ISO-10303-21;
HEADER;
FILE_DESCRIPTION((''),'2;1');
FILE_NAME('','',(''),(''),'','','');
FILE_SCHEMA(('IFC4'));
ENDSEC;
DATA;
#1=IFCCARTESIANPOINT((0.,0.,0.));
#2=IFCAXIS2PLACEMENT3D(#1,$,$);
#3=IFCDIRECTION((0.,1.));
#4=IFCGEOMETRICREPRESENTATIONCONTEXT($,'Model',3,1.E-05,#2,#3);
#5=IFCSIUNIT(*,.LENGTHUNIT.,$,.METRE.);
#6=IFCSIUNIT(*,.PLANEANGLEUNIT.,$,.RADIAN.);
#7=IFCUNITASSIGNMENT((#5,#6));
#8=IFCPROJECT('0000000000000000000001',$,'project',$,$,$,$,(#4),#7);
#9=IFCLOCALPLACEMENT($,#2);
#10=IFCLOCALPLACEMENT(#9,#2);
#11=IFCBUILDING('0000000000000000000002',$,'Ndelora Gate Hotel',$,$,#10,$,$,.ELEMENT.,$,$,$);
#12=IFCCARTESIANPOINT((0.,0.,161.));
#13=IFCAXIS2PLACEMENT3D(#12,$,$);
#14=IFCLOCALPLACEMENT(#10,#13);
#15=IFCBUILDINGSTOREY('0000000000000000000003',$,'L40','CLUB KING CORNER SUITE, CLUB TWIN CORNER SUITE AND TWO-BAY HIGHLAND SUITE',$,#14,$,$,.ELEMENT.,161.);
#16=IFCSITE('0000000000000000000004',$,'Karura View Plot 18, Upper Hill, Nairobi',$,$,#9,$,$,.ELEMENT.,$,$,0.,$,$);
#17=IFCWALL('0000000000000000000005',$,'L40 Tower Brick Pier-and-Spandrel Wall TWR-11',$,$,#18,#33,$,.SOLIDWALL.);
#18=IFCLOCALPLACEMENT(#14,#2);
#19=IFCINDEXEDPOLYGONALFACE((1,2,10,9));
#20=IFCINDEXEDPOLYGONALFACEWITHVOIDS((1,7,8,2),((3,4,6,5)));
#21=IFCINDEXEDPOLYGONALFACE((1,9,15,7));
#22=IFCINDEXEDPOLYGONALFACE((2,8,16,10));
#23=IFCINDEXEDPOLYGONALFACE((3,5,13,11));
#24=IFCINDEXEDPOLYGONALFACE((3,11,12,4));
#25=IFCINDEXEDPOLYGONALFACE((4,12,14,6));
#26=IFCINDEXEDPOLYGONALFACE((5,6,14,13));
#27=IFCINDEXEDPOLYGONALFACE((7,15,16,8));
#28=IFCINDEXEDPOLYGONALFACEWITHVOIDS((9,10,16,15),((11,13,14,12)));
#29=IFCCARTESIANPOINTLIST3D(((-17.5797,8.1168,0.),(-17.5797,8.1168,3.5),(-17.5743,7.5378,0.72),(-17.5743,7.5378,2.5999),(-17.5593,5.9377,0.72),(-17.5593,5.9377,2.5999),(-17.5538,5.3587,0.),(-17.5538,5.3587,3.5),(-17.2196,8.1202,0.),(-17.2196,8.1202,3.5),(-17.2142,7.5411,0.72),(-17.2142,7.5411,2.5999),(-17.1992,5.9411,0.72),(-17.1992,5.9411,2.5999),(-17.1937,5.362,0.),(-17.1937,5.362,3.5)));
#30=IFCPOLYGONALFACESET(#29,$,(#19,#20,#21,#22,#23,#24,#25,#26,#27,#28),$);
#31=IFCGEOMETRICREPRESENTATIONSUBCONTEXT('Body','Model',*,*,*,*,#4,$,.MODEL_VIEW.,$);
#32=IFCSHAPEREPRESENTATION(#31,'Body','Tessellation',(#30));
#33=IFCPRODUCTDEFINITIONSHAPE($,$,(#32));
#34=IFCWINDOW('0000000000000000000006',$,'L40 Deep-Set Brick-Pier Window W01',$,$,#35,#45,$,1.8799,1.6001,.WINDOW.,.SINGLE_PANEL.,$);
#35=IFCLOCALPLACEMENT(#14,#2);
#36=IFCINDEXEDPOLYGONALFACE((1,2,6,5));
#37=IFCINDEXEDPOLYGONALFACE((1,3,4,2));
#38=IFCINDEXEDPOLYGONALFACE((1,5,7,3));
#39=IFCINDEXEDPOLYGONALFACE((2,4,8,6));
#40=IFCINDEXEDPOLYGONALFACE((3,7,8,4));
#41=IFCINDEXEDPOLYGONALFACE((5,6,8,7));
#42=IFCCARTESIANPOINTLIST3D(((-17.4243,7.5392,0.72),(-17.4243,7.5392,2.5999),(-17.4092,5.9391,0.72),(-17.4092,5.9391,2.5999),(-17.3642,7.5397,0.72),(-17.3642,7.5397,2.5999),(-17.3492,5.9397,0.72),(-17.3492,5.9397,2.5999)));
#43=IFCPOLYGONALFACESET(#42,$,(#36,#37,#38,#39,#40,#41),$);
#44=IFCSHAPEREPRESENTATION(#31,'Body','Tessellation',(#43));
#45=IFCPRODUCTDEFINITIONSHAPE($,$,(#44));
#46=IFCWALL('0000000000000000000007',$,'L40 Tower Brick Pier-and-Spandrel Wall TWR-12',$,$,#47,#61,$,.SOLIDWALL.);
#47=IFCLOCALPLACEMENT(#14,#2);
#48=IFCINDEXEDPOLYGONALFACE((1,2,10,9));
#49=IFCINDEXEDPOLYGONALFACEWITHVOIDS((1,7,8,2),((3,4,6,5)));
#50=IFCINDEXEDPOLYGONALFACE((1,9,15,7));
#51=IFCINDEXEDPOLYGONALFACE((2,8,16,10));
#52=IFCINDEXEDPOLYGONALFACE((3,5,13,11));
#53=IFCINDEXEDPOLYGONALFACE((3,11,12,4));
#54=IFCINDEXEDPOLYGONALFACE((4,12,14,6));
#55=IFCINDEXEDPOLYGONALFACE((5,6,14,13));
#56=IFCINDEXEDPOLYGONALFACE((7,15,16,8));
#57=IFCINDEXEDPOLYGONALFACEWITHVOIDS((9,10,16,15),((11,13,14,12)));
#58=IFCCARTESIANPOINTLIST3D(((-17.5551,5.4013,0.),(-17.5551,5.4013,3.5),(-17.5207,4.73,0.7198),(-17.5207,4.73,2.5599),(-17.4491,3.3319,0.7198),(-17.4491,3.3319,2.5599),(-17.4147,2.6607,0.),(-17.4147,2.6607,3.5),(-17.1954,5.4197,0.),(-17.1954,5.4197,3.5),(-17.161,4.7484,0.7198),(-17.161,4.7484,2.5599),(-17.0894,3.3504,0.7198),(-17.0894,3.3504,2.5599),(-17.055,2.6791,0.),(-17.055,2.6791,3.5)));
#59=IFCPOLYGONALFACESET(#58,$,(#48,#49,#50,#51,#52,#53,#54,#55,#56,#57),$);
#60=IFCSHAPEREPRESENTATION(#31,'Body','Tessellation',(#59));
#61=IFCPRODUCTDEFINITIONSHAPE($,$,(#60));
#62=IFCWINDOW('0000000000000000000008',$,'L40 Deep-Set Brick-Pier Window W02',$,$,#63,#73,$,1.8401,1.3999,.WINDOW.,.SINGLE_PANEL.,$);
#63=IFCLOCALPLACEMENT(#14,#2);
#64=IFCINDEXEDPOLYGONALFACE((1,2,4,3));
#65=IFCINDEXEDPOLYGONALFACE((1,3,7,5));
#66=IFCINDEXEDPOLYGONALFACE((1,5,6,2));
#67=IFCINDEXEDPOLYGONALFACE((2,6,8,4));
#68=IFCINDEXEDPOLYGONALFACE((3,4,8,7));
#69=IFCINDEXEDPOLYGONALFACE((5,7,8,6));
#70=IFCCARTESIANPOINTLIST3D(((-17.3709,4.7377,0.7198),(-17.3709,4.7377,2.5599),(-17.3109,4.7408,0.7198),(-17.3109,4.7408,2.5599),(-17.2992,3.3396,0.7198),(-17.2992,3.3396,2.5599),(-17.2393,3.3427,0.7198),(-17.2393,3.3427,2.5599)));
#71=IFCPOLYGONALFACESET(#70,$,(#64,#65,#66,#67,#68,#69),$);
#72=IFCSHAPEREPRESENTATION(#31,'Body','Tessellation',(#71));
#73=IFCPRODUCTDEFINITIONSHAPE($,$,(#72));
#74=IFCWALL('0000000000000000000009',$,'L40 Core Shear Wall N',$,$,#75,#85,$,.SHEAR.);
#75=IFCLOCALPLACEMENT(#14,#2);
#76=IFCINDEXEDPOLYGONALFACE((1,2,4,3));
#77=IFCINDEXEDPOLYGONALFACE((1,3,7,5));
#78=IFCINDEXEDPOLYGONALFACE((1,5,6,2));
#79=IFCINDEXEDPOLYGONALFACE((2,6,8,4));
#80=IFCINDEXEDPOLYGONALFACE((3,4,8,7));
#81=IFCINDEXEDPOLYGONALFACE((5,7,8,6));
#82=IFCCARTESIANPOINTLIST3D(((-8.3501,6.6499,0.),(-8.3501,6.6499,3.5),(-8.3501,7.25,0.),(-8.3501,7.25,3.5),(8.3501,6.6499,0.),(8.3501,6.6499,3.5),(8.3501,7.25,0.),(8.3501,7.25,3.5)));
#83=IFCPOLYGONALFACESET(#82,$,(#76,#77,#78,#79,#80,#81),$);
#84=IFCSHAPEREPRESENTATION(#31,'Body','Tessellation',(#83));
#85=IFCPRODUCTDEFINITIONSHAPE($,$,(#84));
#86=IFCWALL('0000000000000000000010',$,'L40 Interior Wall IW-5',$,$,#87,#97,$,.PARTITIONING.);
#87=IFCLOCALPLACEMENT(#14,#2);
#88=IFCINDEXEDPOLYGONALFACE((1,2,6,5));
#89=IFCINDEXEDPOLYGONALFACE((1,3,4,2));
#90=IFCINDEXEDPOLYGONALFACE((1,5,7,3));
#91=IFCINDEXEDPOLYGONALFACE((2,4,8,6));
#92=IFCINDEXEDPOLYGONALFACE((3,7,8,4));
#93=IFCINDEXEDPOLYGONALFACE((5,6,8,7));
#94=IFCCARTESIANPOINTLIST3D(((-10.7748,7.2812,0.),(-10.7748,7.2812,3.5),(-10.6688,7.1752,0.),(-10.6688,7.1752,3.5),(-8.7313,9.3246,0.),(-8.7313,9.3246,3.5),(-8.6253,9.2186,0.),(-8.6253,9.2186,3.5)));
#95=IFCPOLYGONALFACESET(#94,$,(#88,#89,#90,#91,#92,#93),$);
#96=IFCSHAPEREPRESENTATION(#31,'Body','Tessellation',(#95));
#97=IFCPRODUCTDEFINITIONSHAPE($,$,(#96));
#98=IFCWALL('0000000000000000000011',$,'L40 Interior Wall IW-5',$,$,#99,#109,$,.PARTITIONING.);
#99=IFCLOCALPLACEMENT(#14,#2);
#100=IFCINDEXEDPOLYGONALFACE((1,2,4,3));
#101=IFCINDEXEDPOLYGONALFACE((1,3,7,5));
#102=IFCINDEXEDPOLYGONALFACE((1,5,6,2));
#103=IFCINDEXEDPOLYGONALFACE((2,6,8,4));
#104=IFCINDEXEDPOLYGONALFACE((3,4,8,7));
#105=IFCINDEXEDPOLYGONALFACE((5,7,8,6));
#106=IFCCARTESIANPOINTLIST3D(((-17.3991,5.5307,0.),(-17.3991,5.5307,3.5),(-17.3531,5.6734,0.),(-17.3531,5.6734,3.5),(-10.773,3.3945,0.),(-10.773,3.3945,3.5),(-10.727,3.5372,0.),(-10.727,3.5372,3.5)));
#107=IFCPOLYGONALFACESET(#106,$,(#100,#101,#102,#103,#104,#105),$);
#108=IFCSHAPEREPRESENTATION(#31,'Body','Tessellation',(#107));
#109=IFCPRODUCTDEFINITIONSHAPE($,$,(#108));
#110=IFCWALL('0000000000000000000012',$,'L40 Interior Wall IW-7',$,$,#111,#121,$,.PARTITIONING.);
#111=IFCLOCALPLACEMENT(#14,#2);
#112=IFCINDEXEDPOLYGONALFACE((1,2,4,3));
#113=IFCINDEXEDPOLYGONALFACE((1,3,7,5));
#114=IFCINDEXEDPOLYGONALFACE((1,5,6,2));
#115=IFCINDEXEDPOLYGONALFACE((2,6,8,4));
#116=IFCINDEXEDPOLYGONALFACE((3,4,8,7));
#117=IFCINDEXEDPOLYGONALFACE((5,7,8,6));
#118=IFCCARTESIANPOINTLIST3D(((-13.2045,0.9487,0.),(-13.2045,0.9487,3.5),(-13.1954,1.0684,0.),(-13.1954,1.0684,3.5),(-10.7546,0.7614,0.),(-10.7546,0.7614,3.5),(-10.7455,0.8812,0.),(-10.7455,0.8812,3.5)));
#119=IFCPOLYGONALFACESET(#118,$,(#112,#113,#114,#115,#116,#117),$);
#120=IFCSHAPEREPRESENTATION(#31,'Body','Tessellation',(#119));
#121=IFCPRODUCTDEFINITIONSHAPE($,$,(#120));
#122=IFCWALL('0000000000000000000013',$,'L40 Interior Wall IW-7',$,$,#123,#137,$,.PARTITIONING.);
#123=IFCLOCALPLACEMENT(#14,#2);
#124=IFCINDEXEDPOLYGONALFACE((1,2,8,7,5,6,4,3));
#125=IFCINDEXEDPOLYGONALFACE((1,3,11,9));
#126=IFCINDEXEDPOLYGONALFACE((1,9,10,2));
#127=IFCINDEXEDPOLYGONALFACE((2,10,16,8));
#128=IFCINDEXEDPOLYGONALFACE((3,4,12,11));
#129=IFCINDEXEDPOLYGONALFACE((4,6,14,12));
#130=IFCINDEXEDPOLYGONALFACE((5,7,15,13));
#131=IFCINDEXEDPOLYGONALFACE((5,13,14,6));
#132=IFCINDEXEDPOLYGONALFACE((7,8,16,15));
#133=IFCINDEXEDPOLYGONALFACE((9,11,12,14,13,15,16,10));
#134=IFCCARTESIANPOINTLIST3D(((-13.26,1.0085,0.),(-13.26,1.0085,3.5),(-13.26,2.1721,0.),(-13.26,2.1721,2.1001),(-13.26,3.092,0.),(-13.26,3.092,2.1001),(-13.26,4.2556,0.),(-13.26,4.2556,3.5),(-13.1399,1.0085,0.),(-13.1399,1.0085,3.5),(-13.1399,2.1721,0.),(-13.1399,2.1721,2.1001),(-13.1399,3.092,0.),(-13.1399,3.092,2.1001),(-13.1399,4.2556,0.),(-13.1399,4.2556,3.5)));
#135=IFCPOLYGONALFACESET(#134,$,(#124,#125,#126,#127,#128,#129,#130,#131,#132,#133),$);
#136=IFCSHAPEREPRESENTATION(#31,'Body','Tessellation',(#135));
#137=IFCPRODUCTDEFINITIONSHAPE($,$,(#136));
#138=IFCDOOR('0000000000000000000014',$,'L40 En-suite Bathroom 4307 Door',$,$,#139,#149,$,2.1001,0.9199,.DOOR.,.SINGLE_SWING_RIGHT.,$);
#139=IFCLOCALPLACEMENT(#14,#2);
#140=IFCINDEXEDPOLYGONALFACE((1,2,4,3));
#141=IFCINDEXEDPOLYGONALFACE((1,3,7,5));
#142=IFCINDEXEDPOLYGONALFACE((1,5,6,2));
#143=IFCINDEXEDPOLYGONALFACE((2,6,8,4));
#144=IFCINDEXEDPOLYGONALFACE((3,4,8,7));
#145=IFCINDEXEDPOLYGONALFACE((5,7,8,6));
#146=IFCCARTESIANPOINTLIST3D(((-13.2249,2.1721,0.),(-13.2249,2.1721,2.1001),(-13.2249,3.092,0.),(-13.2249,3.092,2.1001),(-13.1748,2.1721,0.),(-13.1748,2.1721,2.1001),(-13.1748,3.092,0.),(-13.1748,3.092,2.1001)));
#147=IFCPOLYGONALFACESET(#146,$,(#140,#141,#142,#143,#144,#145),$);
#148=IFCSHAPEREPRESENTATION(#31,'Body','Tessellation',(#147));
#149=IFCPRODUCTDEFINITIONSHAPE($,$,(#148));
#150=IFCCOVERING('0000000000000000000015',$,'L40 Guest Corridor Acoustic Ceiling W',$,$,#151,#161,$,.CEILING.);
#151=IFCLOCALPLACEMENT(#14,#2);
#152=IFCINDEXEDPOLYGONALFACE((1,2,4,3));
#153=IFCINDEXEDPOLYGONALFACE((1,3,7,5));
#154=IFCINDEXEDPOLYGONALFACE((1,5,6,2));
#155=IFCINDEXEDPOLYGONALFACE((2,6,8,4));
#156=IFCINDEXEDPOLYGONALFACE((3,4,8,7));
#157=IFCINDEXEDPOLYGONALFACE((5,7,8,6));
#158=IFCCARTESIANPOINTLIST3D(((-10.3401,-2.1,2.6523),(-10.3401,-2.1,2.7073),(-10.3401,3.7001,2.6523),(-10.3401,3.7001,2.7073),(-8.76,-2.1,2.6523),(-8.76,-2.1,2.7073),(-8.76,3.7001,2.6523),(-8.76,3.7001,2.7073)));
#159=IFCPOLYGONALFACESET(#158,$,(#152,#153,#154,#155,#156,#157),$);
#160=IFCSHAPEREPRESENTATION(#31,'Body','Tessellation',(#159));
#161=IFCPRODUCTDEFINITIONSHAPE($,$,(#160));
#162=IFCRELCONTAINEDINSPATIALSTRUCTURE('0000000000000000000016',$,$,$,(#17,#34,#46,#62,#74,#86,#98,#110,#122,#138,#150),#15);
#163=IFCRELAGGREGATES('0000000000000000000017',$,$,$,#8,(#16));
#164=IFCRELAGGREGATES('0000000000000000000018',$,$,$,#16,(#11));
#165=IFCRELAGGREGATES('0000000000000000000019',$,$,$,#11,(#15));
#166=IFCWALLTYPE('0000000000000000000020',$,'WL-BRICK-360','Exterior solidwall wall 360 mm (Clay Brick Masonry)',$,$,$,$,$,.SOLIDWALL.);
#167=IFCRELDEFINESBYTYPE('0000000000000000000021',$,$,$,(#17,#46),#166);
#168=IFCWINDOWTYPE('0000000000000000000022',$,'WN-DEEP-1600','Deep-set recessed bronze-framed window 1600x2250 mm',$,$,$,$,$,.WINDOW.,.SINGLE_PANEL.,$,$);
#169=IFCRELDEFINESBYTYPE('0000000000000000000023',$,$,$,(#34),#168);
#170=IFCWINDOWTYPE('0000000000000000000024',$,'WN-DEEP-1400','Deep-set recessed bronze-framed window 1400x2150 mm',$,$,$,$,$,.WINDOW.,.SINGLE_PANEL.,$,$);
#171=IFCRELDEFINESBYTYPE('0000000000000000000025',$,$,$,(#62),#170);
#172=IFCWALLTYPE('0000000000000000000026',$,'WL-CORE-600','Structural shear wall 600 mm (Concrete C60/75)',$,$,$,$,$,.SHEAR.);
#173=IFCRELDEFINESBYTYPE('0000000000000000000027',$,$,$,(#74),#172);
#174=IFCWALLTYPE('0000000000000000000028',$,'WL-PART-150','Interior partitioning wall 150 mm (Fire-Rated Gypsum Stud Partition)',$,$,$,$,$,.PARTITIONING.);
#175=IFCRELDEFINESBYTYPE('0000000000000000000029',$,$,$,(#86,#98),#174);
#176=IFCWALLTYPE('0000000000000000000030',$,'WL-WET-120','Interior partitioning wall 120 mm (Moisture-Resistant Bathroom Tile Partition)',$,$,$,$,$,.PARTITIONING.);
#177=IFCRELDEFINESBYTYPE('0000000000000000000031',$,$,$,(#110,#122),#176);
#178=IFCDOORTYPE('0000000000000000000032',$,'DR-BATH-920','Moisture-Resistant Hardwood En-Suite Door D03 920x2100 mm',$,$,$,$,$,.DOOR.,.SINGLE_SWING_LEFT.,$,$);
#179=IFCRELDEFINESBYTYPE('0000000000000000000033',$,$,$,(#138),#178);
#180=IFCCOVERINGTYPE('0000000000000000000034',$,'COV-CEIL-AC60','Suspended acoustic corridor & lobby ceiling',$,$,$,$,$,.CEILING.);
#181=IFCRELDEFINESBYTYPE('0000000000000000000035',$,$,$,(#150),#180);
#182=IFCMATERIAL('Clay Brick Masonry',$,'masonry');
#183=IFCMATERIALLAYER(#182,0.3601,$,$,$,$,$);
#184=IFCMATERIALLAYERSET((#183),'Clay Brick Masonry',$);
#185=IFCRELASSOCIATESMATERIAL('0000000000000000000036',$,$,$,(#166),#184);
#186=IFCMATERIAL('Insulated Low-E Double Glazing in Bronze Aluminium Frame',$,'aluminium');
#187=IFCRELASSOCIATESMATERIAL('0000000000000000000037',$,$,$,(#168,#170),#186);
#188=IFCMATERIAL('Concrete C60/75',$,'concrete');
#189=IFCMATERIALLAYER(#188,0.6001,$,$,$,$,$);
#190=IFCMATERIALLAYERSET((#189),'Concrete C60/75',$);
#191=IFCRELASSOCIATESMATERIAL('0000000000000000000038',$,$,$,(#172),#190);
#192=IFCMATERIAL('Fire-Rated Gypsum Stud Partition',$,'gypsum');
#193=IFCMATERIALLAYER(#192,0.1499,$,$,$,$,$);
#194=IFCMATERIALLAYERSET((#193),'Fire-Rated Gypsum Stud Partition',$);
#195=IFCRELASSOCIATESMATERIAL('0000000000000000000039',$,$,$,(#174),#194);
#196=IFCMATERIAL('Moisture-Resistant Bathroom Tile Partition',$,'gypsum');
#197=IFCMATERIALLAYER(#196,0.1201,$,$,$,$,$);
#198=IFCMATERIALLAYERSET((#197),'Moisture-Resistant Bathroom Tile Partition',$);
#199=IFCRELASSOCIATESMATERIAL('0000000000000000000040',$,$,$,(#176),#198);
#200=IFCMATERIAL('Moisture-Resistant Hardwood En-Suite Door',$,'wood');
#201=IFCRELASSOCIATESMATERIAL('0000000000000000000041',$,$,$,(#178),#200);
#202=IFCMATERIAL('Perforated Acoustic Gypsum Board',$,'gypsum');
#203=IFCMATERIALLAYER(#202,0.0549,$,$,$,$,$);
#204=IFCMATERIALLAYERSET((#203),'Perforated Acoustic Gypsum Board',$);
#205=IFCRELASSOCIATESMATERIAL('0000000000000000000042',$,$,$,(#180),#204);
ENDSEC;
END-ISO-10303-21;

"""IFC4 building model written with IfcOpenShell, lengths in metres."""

from ifc_helpers import new_model, si_unit, direction, frame, frame_2d, origin, origin_2d, place, context, subcontext, project, spatial, rectangle, extrude, material, layer, layer_set, type_object, element, fill, save


model = new_model("IFC4")

# Units and contexts
model_context = context("Model", 3, precision=1e-05, world=origin(), true_north=direction((0.0, 1.0)))
body_context = subcontext(model_context, "Body", "Model", "MODEL_VIEW")
ifc_project = project(units=[si_unit("LENGTHUNIT", "METRE"), si_unit("PLANEANGLEUNIT", "RADIAN")], contexts=[model_context])

# Site, building, storey
site_placement = place(None, origin())
site = spatial("IfcSite", under=ifc_project, at=site_placement, Name="Karura View Plot 18, Upper Hill, Nairobi", CompositionType="ELEMENT", RefElevation=0.0)
building_placement = place(site_placement, origin())
building = spatial("IfcBuilding", under=site, at=building_placement, Name="Ndelora Gate Hotel", CompositionType="ELEMENT")
storey_placement = place(building_placement, frame((0.0, 0.0, 161.0)))
storey = spatial("IfcBuildingStorey", under=building, at=storey_placement, Name="L40", Description="CLUB KING CORNER SUITE, CLUB TWIN CORNER SUITE AND TWO-BAY HIGHLAND SUITE", CompositionType="ELEMENT", Elevation=161.0)

# Shared definitions
ifc_material_1 = material(Name="Concrete C60/75", Category="concrete")

# Walls, openings, windows
ifc_material_2 = material(Name="Clay Brick Masonry", Category="masonry")
ifc_layer_1 = layer(ifc_material_2, 0.3601)
ifc_layer_set_1 = layer_set([ifc_layer_1], Name="Clay Brick Masonry")
wall_type_1 = type_object("IfcWallType", Name="WL-BRICK-360", Description="Exterior solidwall wall 360 mm (Clay Brick Masonry)", PredefinedType="SOLIDWALL", material=ifc_layer_set_1)
ifc_material_3 = material(Name="Insulated Low-E Double Glazing in Bronze Aluminium Frame", Category="aluminium")
window_type_1 = type_object("IfcWindowType", Name="WN-DEEP-1600", Description="Deep-set recessed bronze-framed window 1600x2250 mm", PartitioningType="SINGLE_PANEL", PredefinedType="WINDOW", material=ifc_material_3)
wall_1_placement = place(storey_placement, frame((-17.3738, 5.3604, 0.0), z_axis=(0.0, 0.0, 1.0), x_axis=(-0.009382, 0.999956, 0.0)))
wall_1 = element("IfcWall", 1, at=wall_1_placement, inside=storey, type_object=wall_type_1, Name="L40 Tower Brick Pier-and-Spandrel Wall TWR-11", PredefinedType="SOLIDWALL", context=body_context, shape_type="SweptSolid", body=[
    extrude(rectangle(XDim=2.7583, YDim=0.3601, at=frame_2d((1.3792, 0.0))), origin(), (0.0, 0.0, 1.0), 3.5),
])
opening_1_placement = place(wall_1_placement, frame((0.5791, 0.0, 0.72)))
opening_1 = element("IfcOpeningElement", 2, at=opening_1_placement, cuts=wall_1, PredefinedType="OPENING", context=body_context, shape_type="SweptSolid", body=[
    extrude(rectangle(XDim=1.6001, YDim=1.8799, at=frame_2d((0.8, 0.9399))), frame((0.0, 0.1899, 0.0), z_axis=(0.0, -1.0, 0.0), x_axis=(1.0, 0.0, 0.0)), (0.0, 0.0, 1.0), 0.3801),
])
window_1_placement = place(opening_1_placement, origin())
window_1 = element("IfcWindow", 3, at=window_1_placement, inside=storey, type_object=window_type_1, Name="L40 Deep-Set Brick-Pier Window W01", OverallHeight=1.8799, OverallWidth=1.6001, PartitioningType="SINGLE_PANEL", PredefinedType="WINDOW", context=body_context, shape_type="SweptSolid", body=[
    extrude(rectangle(XDim=1.6001, YDim=1.8799, at=frame_2d((0.8, 0.9399))), frame((0.0, 0.03, 0.0), z_axis=(0.0, -1.0, 0.0), x_axis=(1.0, 0.0, 0.0)), (0.0, 0.0, 1.0), 0.0601),
])
fill(opening_1, window_1)
wall_2_placement = place(storey_placement, frame((-17.2349, 2.6699, 0.0), z_axis=(0.0, 0.0, 1.0), x_axis=(-0.051158, 0.998691, 0.0)))
wall_2 = element("IfcWall", 4, at=wall_2_placement, inside=storey, type_object=wall_type_1, Name="L40 Tower Brick Pier-and-Spandrel Wall TWR-12", PredefinedType="SOLIDWALL", context=body_context, shape_type="SweptSolid", body=[
    extrude(rectangle(XDim=2.7441, YDim=0.3601, at=frame_2d((1.3721, 0.0))), origin(), (0.0, 0.0, 1.0), 3.5),
])
opening_2_placement = place(wall_2_placement, frame((0.6721, 0.0, 0.72)))
opening_2 = element("IfcOpeningElement", 5, at=opening_2_placement, cuts=wall_2, PredefinedType="OPENING", context=body_context, shape_type="SweptSolid", body=[
    extrude(rectangle(XDim=1.3999, YDim=1.8401, at=frame_2d((0.7, 0.9199))), frame((0.0, 0.1899, 0.0), z_axis=(0.0, -1.0, 0.0), x_axis=(1.0, 0.0, 0.0)), (0.0, 0.0, 1.0), 0.3801),
])
window_type_2 = type_object("IfcWindowType", Name="WN-DEEP-1400", Description="Deep-set recessed bronze-framed window 1400x2150 mm", PartitioningType="SINGLE_PANEL", PredefinedType="WINDOW", material=ifc_material_3)
window_2_placement = place(opening_2_placement, origin())
window_2 = element("IfcWindow", 6, at=window_2_placement, inside=storey, type_object=window_type_2, Name="L40 Deep-Set Brick-Pier Window W02", OverallHeight=1.8401, OverallWidth=1.3999, PartitioningType="SINGLE_PANEL", PredefinedType="WINDOW", context=body_context, shape_type="SweptSolid", body=[
    extrude(rectangle(XDim=1.3999, YDim=1.8401, at=frame_2d((0.7, 0.9199))), frame((0.0, 0.03, 0.0), z_axis=(0.0, -1.0, 0.0), x_axis=(1.0, 0.0, 0.0)), (0.0, 0.0, 1.0), 0.0601),
])
fill(opening_2, window_2)

# Wall
ifc_layer_2 = layer(ifc_material_1, 0.6001)
ifc_layer_set_2 = layer_set([ifc_layer_2], Name="Concrete C60/75")
wall_type_2 = type_object("IfcWallType", Name="WL-CORE-600", Description="Structural shear wall 600 mm (Concrete C60/75)", PredefinedType="SHEAR", material=ifc_layer_set_2)
wall_3_placement = place(storey_placement, frame((-8.3501, 6.95, 0.0), z_axis=(0.0, 0.0, 1.0), x_axis=(1.0, 0.0, 0.0)))
element("IfcWall", 7, at=wall_3_placement, inside=storey, type_object=wall_type_2, Name="L40 Core Shear Wall N", PredefinedType="SHEAR", context=body_context, shape_type="SweptSolid", body=[
    extrude(rectangle(XDim=16.7002, YDim=0.6001, at=frame_2d((8.3501, 0.0))), origin(), (0.0, 0.0, 1.0), 3.5),
])

# Walls
ifc_material_4 = material(Name="Fire-Rated Gypsum Stud Partition", Category="gypsum")
ifc_layer_3 = layer(ifc_material_4, 0.1499)
ifc_layer_set_3 = layer_set([ifc_layer_3], Name="Fire-Rated Gypsum Stud Partition")
wall_type_3 = type_object("IfcWallType", Name="WL-PART-150", Description="Interior partitioning wall 150 mm (Fire-Rated Gypsum Stud Partition)", PredefinedType="PARTITIONING", material=ifc_layer_set_3)
wall_4_placement = place(storey_placement, frame((-10.7217, 7.2283, 0.0), z_axis=(0.0, 0.0, 1.0), x_axis=(0.707107, 0.707107, 0.0)))
element("IfcWall", 8, at=wall_4_placement, inside=storey, type_object=wall_type_3, Name="L40 Interior Wall IW-5", PredefinedType="PARTITIONING", context=body_context, shape_type="SweptSolid", body=[
    extrude(rectangle(XDim=2.8899, YDim=0.1499, at=frame_2d((1.4448, 0.0))), origin(), (0.0, 0.0, 1.0), 3.5),
])
wall_5_placement = place(storey_placement, frame((-10.75, 3.4658, 0.0), z_axis=(0.0, 0.0, 1.0), x_axis=(-0.951758, 0.306849, 0.0)))
element("IfcWall", 9, at=wall_5_placement, inside=storey, type_object=wall_type_3, Name="L40 Interior Wall IW-5", PredefinedType="PARTITIONING", context=body_context, shape_type="SweptSolid", body=[
    extrude(rectangle(XDim=6.9619, YDim=0.1499, at=frame_2d((3.481, 0.0))), origin(), (0.0, 0.0, 1.0), 3.5),
])

# Wall
ifc_material_5 = material(Name="Moisture-Resistant Bathroom Tile Partition", Category="gypsum")
ifc_layer_4 = layer(ifc_material_5, 0.1201)
ifc_layer_set_4 = layer_set([ifc_layer_4], Name="Moisture-Resistant Bathroom Tile Partition")
wall_type_4 = type_object("IfcWallType", Name="WL-WET-120", Description="Interior partitioning wall 120 mm (Moisture-Resistant Bathroom Tile Partition)", PredefinedType="PARTITIONING", material=ifc_layer_set_4)
wall_6_placement = place(storey_placement, frame((-13.2, 1.0085, 0.0), z_axis=(0.0, 0.0, 1.0), x_axis=(0.997092, -0.07621, 0.0)))
element("IfcWall", 10, at=wall_6_placement, inside=storey, type_object=wall_type_4, Name="L40 Interior Wall IW-7", PredefinedType="PARTITIONING", context=body_context, shape_type="SweptSolid", body=[
    extrude(rectangle(XDim=2.457, YDim=0.1201, at=frame_2d((1.2285, 0.0))), origin(), (0.0, 0.0, 1.0), 3.5),
])

# Wall, opening, door
wall_7_placement = place(storey_placement, frame((-13.2, 1.0085, 0.0), z_axis=(0.0, 0.0, 1.0), x_axis=(0.0, 1.0, 0.0)))
wall_7 = element("IfcWall", 11, at=wall_7_placement, inside=storey, type_object=wall_type_4, Name="L40 Interior Wall IW-7", PredefinedType="PARTITIONING", context=body_context, shape_type="SweptSolid", body=[
    extrude(rectangle(XDim=3.2471, YDim=0.1201, at=frame_2d((1.6235, 0.0))), origin(), (0.0, 0.0, 1.0), 3.5),
])
opening_3_placement = place(wall_7_placement, frame((1.1636, 0.0, 0.0)))
opening_3 = element("IfcOpeningElement", 12, at=opening_3_placement, cuts=wall_7, PredefinedType="OPENING", context=body_context, shape_type="SweptSolid", body=[
    extrude(rectangle(XDim=0.9199, YDim=2.1001, at=frame_2d((0.46, 1.05))), frame((0.0, 0.0701, 0.0), z_axis=(0.0, -1.0, 0.0), x_axis=(1.0, 0.0, 0.0)), (0.0, 0.0, 1.0), 0.1401),
])
ifc_material_6 = material(Name="Moisture-Resistant Hardwood En-Suite Door", Category="wood")
door_type_1 = type_object("IfcDoorType", Name="DR-BATH-920", Description="Moisture-Resistant Hardwood En-Suite Door D03 920x2100 mm", OperationType="SINGLE_SWING_LEFT", PredefinedType="DOOR", material=ifc_material_6)
door_1_placement = place(opening_3_placement, origin())
door_1 = element("IfcDoor", 13, at=door_1_placement, inside=storey, type_object=door_type_1, Name="L40 En-suite Bathroom 4307 Door", OperationType="SINGLE_SWING_RIGHT", OverallHeight=2.1001, OverallWidth=0.9199, PredefinedType="DOOR", context=body_context, shape_type="SweptSolid", body=[
    extrude(rectangle(XDim=0.9199, YDim=2.1001, at=frame_2d((0.46, 1.05))), frame((0.0, 0.0249, 0.0), z_axis=(0.0, -1.0, 0.0), x_axis=(1.0, 0.0, 0.0)), (0.0, 0.0, 1.0), 0.05),
])
fill(opening_3, door_1)

# Covering
ifc_material_7 = material(Name="Perforated Acoustic Gypsum Board", Category="gypsum")
ifc_layer_5 = layer(ifc_material_7, 0.0549)
ifc_layer_set_5 = layer_set([ifc_layer_5], Name="Perforated Acoustic Gypsum Board")
covering_type_1 = type_object("IfcCoveringType", Name="COV-CEIL-AC60", Description="Suspended acoustic corridor & lobby ceiling", PredefinedType="CEILING", material=ifc_layer_set_5)
covering_1_placement = place(storey_placement, frame((-9.55, 0.8, 2.6523), z_axis=(0.0, 0.0, 1.0), x_axis=(1.0, 0.0, 0.0)))
element("IfcCovering", 14, at=covering_1_placement, inside=storey, type_object=covering_type_1, Name="L40 Guest Corridor Acoustic Ceiling W", PredefinedType="CEILING", context=body_context, shape_type="SweptSolid", body=[
    extrude(rectangle(XDim=1.5801, YDim=5.8, at=origin_2d()), origin(), (0.0, 0.0, 1.0), 0.0549),
])

save(model, "model.ifc")
